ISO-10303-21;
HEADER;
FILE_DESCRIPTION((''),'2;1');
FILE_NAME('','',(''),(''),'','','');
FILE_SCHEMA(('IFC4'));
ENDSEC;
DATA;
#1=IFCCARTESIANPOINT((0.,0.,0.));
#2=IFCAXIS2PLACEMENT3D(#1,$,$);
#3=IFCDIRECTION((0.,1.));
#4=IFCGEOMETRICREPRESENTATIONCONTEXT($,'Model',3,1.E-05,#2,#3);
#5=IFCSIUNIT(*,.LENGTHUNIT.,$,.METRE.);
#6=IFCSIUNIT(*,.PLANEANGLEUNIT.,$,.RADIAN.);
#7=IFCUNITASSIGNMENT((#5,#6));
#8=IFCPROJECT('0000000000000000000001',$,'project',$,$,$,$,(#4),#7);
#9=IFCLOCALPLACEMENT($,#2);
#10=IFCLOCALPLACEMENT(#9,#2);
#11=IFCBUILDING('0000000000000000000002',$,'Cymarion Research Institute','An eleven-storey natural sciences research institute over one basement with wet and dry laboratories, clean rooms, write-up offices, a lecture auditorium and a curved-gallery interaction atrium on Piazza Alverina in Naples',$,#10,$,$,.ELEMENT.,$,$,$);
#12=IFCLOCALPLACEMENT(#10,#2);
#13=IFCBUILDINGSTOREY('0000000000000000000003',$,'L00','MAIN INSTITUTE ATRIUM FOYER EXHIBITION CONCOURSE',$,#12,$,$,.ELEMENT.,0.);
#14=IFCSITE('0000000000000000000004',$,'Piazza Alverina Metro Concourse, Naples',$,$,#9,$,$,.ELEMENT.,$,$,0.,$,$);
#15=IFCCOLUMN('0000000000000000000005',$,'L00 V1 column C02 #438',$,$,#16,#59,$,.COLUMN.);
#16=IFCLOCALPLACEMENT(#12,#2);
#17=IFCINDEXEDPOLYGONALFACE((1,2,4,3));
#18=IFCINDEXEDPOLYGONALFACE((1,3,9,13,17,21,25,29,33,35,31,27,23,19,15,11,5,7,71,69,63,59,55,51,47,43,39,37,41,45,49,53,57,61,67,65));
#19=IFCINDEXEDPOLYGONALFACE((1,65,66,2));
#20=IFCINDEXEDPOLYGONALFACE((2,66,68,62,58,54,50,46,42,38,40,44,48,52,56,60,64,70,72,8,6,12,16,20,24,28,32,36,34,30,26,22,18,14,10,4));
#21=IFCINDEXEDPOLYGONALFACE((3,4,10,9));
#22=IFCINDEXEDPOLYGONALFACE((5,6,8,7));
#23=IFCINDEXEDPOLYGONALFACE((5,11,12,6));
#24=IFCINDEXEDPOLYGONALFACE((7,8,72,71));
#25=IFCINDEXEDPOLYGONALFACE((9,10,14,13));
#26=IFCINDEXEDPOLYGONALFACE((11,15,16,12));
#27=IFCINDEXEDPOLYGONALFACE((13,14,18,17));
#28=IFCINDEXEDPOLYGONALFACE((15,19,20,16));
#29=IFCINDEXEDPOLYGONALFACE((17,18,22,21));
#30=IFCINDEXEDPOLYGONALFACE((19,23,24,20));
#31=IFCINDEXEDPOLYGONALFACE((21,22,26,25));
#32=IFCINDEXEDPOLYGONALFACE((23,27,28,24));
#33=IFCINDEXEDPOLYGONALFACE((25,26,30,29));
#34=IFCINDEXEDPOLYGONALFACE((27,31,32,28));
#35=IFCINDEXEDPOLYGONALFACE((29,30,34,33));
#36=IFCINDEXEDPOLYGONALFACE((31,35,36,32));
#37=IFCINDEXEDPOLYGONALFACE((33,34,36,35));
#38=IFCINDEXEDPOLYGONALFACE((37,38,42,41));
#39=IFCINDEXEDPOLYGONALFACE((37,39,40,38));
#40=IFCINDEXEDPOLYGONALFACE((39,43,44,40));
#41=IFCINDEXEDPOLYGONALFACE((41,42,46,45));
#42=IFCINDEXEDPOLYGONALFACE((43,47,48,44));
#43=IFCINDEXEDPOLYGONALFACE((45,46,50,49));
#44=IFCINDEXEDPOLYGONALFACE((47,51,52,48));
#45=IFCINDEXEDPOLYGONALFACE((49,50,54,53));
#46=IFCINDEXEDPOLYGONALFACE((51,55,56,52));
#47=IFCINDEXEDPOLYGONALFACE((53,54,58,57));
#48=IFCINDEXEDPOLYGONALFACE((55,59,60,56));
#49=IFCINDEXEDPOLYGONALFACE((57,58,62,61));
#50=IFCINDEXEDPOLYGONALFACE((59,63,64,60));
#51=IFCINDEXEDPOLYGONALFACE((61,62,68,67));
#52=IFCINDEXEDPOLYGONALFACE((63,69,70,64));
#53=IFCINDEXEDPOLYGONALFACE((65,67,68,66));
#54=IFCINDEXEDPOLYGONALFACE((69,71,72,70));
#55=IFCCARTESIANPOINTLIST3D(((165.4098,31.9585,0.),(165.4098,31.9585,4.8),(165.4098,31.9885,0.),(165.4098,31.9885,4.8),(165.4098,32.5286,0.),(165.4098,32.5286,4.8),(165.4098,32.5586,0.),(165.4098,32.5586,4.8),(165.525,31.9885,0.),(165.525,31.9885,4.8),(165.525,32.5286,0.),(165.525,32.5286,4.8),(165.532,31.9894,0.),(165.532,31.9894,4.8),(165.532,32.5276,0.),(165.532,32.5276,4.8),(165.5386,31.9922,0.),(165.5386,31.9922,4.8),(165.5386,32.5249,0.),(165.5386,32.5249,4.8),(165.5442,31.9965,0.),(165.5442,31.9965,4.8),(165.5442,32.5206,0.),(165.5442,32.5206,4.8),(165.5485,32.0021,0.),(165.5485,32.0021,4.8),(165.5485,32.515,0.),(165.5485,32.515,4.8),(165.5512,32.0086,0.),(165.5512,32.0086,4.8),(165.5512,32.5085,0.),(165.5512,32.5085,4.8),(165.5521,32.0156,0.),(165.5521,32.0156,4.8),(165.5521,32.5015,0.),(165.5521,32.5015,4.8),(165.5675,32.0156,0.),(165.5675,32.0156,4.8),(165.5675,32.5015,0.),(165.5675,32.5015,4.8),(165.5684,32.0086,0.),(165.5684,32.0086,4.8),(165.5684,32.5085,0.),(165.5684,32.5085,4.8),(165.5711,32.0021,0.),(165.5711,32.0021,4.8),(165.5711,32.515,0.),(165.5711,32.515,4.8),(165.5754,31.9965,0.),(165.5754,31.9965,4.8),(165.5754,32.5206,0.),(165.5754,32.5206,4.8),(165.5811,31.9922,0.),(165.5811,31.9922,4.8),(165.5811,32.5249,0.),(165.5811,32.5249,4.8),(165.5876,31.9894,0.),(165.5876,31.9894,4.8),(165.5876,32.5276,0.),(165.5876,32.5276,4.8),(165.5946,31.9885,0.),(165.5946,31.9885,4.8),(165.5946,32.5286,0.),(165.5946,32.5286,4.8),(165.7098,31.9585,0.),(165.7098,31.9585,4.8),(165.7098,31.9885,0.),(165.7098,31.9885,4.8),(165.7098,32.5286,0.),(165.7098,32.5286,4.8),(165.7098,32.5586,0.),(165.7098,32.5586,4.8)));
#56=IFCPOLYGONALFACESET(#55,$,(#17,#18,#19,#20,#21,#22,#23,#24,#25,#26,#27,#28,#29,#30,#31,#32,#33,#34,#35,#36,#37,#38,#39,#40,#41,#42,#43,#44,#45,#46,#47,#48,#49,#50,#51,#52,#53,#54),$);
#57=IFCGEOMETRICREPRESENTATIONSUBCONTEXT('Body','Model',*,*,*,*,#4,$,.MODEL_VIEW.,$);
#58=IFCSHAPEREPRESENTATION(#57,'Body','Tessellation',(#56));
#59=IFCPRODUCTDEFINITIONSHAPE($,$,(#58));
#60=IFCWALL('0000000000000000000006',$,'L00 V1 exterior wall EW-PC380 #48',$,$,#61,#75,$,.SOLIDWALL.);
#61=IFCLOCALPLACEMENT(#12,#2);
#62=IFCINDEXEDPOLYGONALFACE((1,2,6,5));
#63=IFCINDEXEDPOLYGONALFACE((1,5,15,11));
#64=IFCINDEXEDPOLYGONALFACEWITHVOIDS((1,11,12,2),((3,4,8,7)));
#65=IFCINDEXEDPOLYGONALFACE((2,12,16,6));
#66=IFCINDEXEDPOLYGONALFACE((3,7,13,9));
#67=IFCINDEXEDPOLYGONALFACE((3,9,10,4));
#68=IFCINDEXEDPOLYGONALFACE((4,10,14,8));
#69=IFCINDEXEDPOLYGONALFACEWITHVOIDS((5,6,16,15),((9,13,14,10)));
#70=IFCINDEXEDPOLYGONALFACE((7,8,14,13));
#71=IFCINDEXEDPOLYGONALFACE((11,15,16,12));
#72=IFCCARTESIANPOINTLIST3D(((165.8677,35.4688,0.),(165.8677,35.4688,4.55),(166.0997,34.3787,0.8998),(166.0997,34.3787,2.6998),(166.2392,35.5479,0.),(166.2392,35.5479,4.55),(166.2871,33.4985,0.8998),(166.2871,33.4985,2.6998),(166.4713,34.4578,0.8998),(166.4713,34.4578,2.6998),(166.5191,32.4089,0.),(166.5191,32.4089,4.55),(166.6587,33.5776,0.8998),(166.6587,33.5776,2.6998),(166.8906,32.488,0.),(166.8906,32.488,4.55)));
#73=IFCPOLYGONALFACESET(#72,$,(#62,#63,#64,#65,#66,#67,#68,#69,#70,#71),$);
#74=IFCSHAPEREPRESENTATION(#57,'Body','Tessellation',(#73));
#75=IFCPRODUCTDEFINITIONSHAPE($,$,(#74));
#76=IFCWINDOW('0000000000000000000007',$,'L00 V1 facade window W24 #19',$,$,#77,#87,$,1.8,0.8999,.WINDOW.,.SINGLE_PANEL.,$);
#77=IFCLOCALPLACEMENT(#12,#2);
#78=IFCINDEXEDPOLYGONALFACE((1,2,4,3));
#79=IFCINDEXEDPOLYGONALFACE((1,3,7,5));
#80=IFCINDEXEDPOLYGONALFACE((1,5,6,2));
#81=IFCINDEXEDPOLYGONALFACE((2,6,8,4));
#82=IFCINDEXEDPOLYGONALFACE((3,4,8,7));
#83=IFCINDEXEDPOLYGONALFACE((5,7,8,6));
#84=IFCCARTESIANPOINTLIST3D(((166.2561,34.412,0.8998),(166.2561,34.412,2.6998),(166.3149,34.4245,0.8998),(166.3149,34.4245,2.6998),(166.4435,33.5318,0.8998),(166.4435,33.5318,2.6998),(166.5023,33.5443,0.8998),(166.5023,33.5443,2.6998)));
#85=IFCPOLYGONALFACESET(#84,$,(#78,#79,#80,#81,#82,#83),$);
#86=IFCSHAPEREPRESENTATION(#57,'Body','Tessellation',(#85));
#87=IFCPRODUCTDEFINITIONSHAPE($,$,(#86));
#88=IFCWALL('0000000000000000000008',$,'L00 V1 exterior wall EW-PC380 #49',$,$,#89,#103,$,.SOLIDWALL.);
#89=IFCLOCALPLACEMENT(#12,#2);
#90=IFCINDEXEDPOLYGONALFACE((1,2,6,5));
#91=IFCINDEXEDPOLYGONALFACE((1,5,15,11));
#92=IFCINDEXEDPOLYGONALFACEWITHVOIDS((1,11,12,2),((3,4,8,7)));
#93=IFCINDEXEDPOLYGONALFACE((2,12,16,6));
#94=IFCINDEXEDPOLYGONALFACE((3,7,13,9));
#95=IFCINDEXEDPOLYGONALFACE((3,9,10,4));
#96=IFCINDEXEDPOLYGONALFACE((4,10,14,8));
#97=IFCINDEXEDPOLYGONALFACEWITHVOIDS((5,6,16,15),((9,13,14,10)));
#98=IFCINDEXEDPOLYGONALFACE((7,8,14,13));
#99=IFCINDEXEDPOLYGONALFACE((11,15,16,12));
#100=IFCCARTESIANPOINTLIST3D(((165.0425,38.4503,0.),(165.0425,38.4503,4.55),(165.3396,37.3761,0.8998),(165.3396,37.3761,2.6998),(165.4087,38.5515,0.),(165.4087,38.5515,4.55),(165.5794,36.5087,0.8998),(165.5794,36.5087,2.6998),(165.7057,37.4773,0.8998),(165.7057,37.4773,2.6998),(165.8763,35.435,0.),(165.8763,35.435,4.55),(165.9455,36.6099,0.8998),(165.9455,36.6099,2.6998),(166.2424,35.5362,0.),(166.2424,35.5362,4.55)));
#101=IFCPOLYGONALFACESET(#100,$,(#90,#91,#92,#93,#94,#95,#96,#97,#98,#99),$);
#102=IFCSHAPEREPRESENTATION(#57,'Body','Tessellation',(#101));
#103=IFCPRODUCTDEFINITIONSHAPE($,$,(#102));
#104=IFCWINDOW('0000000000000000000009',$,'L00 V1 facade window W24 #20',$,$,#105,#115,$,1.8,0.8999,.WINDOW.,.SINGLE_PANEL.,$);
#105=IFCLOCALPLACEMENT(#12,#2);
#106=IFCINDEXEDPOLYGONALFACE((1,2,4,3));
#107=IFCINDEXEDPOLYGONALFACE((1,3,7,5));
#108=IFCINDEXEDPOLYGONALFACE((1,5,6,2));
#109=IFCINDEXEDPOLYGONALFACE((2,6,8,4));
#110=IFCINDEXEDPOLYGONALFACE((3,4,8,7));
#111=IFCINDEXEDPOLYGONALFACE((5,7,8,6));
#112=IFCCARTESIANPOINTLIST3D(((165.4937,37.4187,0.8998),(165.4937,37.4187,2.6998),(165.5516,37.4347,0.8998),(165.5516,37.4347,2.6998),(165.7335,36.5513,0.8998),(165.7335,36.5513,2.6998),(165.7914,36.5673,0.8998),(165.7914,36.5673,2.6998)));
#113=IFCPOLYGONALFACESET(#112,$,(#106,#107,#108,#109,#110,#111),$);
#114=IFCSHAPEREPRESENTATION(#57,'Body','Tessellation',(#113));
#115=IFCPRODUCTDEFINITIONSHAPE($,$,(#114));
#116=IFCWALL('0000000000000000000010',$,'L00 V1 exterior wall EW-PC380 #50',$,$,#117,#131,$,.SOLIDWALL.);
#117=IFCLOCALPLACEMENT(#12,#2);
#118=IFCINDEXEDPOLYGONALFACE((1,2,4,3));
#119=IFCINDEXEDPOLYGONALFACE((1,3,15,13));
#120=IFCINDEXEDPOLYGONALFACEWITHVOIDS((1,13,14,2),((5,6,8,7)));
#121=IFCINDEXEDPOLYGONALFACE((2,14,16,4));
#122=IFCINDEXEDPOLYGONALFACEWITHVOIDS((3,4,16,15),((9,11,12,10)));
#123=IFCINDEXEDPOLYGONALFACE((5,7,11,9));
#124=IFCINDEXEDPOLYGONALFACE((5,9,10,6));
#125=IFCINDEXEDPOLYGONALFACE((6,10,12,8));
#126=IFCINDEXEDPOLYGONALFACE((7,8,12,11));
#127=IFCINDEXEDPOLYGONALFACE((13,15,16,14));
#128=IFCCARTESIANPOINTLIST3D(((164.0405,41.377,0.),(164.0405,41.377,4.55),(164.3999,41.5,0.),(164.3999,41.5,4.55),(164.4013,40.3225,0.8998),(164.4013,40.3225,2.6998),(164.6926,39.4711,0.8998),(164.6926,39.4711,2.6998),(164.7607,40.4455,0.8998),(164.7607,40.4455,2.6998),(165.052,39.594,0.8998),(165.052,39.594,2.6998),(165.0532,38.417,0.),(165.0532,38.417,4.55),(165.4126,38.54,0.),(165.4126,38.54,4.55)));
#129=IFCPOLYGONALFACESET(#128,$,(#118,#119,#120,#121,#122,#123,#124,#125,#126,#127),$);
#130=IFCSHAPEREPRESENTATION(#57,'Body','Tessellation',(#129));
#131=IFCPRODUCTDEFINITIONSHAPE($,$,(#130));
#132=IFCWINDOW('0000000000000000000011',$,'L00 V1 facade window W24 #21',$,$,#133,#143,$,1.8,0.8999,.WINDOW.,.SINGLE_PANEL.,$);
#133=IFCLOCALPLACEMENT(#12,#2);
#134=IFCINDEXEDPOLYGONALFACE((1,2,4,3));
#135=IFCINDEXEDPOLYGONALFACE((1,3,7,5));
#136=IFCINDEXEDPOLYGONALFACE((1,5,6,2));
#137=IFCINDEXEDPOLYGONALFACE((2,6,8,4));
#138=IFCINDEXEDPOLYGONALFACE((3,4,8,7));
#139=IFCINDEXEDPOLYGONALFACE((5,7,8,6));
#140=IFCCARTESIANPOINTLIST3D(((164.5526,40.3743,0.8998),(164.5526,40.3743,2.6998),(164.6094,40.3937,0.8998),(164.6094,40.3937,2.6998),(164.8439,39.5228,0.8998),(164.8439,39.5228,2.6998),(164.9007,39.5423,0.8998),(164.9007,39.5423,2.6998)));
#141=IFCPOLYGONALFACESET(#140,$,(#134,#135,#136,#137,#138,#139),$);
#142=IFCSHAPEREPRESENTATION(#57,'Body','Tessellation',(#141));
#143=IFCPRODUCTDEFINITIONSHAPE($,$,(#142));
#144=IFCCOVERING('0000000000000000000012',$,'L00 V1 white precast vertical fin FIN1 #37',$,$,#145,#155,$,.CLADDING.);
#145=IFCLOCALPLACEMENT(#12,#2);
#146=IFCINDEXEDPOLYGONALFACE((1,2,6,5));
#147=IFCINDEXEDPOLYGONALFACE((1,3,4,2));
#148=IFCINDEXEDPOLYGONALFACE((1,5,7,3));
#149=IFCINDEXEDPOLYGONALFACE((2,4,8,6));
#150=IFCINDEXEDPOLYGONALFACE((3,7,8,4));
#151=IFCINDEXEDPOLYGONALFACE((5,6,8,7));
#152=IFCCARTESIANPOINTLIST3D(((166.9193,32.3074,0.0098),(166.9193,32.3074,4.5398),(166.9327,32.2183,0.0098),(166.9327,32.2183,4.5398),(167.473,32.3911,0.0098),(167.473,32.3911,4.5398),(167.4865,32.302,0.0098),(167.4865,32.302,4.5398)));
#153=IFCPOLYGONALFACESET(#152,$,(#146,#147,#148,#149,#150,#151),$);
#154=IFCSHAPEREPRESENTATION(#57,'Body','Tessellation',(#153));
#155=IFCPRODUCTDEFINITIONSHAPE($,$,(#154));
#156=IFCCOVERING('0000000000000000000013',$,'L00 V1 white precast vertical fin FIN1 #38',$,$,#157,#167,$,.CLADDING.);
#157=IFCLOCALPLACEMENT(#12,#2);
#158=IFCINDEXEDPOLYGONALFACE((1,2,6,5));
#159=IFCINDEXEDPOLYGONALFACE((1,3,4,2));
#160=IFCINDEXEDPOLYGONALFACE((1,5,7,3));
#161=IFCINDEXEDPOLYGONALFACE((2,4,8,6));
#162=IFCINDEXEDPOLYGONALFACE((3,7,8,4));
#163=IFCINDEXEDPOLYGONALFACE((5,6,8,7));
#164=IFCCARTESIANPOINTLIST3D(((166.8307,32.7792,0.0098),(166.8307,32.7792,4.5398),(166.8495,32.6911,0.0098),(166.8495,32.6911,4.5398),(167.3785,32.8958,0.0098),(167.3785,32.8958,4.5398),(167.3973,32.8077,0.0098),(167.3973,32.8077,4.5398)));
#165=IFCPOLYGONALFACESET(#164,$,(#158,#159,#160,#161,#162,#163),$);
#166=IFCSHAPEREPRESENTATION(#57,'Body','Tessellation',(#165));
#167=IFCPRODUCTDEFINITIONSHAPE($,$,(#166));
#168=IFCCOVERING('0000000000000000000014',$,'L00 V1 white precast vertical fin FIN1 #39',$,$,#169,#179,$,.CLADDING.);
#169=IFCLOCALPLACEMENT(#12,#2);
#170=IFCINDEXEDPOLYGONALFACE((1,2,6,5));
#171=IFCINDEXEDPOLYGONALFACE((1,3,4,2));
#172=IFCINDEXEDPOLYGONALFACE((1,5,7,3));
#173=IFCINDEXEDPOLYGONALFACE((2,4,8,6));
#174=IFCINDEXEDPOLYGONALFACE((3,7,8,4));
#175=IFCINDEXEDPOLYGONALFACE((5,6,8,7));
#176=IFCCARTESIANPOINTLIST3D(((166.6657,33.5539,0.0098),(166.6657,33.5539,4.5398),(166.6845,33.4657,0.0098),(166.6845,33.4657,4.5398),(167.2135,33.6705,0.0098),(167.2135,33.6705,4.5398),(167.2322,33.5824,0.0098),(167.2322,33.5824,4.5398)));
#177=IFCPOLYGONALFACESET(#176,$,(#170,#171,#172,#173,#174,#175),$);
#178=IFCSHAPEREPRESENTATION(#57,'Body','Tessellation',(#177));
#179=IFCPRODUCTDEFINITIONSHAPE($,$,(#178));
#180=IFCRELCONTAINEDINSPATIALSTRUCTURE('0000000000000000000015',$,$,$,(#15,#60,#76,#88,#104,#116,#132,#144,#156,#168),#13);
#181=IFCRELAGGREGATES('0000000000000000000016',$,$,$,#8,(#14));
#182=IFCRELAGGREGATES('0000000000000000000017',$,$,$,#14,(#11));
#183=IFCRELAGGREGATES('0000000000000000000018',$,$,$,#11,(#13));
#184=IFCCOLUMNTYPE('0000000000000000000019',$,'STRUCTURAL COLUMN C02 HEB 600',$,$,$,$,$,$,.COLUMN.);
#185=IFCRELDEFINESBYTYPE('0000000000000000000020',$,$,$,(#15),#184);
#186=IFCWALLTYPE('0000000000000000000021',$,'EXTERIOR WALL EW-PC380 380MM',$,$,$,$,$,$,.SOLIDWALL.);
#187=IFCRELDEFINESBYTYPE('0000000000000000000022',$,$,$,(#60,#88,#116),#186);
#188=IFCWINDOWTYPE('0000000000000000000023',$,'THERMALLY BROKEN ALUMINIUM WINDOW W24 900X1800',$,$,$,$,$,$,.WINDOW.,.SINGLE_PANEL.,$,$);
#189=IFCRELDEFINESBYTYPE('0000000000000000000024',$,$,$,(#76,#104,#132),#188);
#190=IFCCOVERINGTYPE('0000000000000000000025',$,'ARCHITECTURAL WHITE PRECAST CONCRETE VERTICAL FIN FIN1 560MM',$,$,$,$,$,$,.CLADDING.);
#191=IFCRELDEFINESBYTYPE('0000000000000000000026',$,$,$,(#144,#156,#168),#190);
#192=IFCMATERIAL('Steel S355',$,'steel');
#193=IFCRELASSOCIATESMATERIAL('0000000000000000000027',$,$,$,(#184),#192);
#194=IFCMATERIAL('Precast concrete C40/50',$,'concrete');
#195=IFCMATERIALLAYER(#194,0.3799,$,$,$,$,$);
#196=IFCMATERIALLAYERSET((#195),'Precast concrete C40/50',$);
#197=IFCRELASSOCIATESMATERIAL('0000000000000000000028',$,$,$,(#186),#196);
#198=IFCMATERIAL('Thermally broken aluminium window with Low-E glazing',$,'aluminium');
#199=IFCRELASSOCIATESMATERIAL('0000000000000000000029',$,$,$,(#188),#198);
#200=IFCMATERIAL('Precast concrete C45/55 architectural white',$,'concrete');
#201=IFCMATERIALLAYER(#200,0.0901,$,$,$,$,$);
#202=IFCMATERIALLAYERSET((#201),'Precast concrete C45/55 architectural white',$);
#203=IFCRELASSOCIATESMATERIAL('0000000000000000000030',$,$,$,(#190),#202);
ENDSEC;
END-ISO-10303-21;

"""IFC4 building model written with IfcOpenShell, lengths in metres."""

from ifc_helpers import new_model, si_unit, direction, frame, frame_2d, origin, origin_2d, place, context, subcontext, project, spatial, rectangle, i_section, extrude, material, layer, layer_set, material_profile, profile_set, type_object, element, fill, save


model = new_model("IFC4")

# Units and contexts
model_context = context("Model", 3, precision=1e-05, world=origin(), true_north=direction((0.0, 1.0)))
body_context = subcontext(model_context, "Body", "Model", "MODEL_VIEW")
ifc_project = project(units=[si_unit("LENGTHUNIT", "METRE"), si_unit("PLANEANGLEUNIT", "RADIAN")], contexts=[model_context])

# Site, building, storey
site_placement = place(None, origin())
site = spatial("IfcSite", under=ifc_project, at=site_placement, Name="Piazza Alverina Metro Concourse, Naples", CompositionType="ELEMENT", RefElevation=0.0)
building_placement = place(site_placement, origin())
building = spatial("IfcBuilding", under=site, at=building_placement, Name="Cymarion Research Institute", Description="An eleven-storey natural sciences research institute over one basement with wet and dry laboratories, clean rooms, write-up offices, a lecture auditorium and a curved-gallery interaction atrium on Piazza Alverina in Naples", CompositionType="ELEMENT")
storey_placement = place(building_placement, origin())
storey = spatial("IfcBuildingStorey", under=building, at=storey_placement, Name="L00", Description="MAIN INSTITUTE ATRIUM FOYER EXHIBITION CONCOURSE", CompositionType="ELEMENT", Elevation=0.0)

# Column
ifc_material_1 = material(Name="Steel S355", Category="steel")
ifc_material_profile = material_profile(ifc_material_1, i_section(OverallWidth=0.3, OverallDepth=0.6001, WebThickness=0.0154, FlangeThickness=0.03, FilletRadius=0.0271, at=origin_2d()), Name="HEB 600")
ifc_profile_set = profile_set([ifc_material_profile], Name="Steel S355")
column_type = type_object("IfcColumnType", Name="STRUCTURAL COLUMN C02 HEB 600", PredefinedType="COLUMN", material=ifc_profile_set)
column_placement = place(storey_placement, frame((165.5598, 32.2585, 0.0), z_axis=(0.0, 0.0, 1.0), x_axis=(1.0, 0.0, 0.0)))
element("IfcColumn", 1, at=column_placement, inside=storey, type_object=column_type, Name="L00 V1 column C02 #438", PredefinedType="COLUMN", context=body_context, shape_type="SweptSolid", body=[
    extrude(i_section(OverallWidth=0.3, OverallDepth=0.6001, WebThickness=0.0154, FlangeThickness=0.03, FilletRadius=0.0271, at=origin_2d()), origin(), (0.0, 0.0, 1.0), 4.8),
])

# Walls, openings, windows
ifc_material_2 = material(Name="Precast concrete C40/50", Category="concrete")
ifc_layer_1 = layer(ifc_material_2, 0.3799)
ifc_layer_set_1 = layer_set([ifc_layer_1], Name="Precast concrete C40/50")
wall_type = type_object("IfcWallType", Name="EXTERIOR WALL EW-PC380 380MM", PredefinedType="SOLIDWALL", material=ifc_layer_set_1)
wall_1_placement = place(storey_placement, frame((166.7048, 32.4485, 0.0), z_axis=(0.0, 0.0, 1.0), x_axis=(-0.208212, 0.978084, 0.0)))
wall_1 = element("IfcWall", 2, at=wall_1_placement, inside=storey, type_object=wall_type, Name="L00 V1 exterior wall EW-PC380 #48", PredefinedType="SOLIDWALL", context=body_context, shape_type="SweptSolid", body=[
    extrude(rectangle(XDim=3.1284, YDim=0.3799, at=frame_2d((1.5642, 0.0))), origin(), (0.0, 0.0, 1.0), 4.55),
])
opening_1_placement = place(wall_1_placement, frame((1.114, 0.0, 0.8999)))
opening_1 = element("IfcOpeningElement", 3, at=opening_1_placement, cuts=wall_1, PredefinedType="OPENING", context=body_context, shape_type="SweptSolid", body=[
    extrude(rectangle(XDim=0.8999, YDim=1.8, at=frame_2d((0.45, 0.8999))), frame((0.0, 0.2, 0.0), z_axis=(0.0, -1.0, 0.0), x_axis=(1.0, 0.0, 0.0)), (0.0, 0.0, 1.0), 0.3999),
])
ifc_material_3 = material(Name="Thermally broken aluminium window with Low-E glazing", Category="aluminium")
window_type = type_object("IfcWindowType", Name="THERMALLY BROKEN ALUMINIUM WINDOW W24 900X1800", PartitioningType="SINGLE_PANEL", PredefinedType="WINDOW", material=ifc_material_3)
window_1_placement = place(opening_1_placement, origin())
window_1 = element("IfcWindow", 4, at=window_1_placement, inside=storey, type_object=window_type, Name="L00 V1 facade window W24 #19", OverallHeight=1.8, OverallWidth=0.8999, PartitioningType="SINGLE_PANEL", PredefinedType="WINDOW", context=body_context, shape_type="SweptSolid", body=[
    extrude(rectangle(XDim=0.8999, YDim=1.8, at=frame_2d((0.45, 0.8999))), frame((0.0, 0.03, 0.0), z_axis=(0.0, -1.0, 0.0), x_axis=(1.0, 0.0, 0.0)), (0.0, 0.0, 1.0), 0.0601),
])
fill(opening_1, window_1)
wall_2_placement = place(storey_placement, frame((166.0593, 35.4856, 0.0), z_axis=(0.0, 0.0, 1.0), x_axis=(-0.266497, 0.963836, 0.0)))
wall_2 = element("IfcWall", 5, at=wall_2_placement, inside=storey, type_object=wall_type, Name="L00 V1 exterior wall EW-PC380 #49", PredefinedType="SOLIDWALL", context=body_context, shape_type="SweptSolid", body=[
    extrude(rectangle(XDim=3.1284, YDim=0.3799, at=frame_2d((1.5642, 0.0))), origin(), (0.0, 0.0, 1.0), 4.55),
])
opening_2_placement = place(wall_2_placement, frame((1.114, 0.0, 0.8999)))
opening_2 = element("IfcOpeningElement", 6, at=opening_2_placement, cuts=wall_2, PredefinedType="OPENING", context=body_context, shape_type="SweptSolid", body=[
    extrude(rectangle(XDim=0.8999, YDim=1.8, at=frame_2d((0.45, 0.8999))), frame((0.0, 0.2, 0.0), z_axis=(0.0, -1.0, 0.0), x_axis=(1.0, 0.0, 0.0)), (0.0, 0.0, 1.0), 0.3999),
])
window_2_placement = place(opening_2_placement, origin())
window_2 = element("IfcWindow", 7, at=window_2_placement, inside=storey, type_object=window_type, Name="L00 V1 facade window W24 #20", OverallHeight=1.8, OverallWidth=0.8999, PartitioningType="SINGLE_PANEL", PredefinedType="WINDOW", context=body_context, shape_type="SweptSolid", body=[
    extrude(rectangle(XDim=0.8999, YDim=1.8, at=frame_2d((0.45, 0.8999))), frame((0.0, 0.03, 0.0), z_axis=(0.0, -1.0, 0.0), x_axis=(1.0, 0.0, 0.0)), (0.0, 0.0, 1.0), 0.0601),
])
fill(opening_2, window_2)
wall_3_placement = place(storey_placement, frame((165.2329, 38.4785, 0.0), z_axis=(0.0, 0.0, 1.0), x_axis=(-0.32371, 0.946156, 0.0)))
wall_3 = element("IfcWall", 8, at=wall_3_placement, inside=storey, type_object=wall_type, Name="L00 V1 exterior wall EW-PC380 #50", PredefinedType="SOLIDWALL", context=body_context, shape_type="SweptSolid", body=[
    extrude(rectangle(XDim=3.1284, YDim=0.3799, at=frame_2d((1.5642, 0.0))), origin(), (0.0, 0.0, 1.0), 4.55),
])
opening_3_placement = place(wall_3_placement, frame((1.114, 0.0, 0.8999)))
opening_3 = element("IfcOpeningElement", 9, at=opening_3_placement, cuts=wall_3, PredefinedType="OPENING", context=body_context, shape_type="SweptSolid", body=[
    extrude(rectangle(XDim=0.8999, YDim=1.8, at=frame_2d((0.45, 0.8999))), frame((0.0, 0.2, 0.0), z_axis=(0.0, -1.0, 0.0), x_axis=(1.0, 0.0, 0.0)), (0.0, 0.0, 1.0), 0.3999),
])
window_3_placement = place(opening_3_placement, origin())
window_3 = element("IfcWindow", 10, at=window_3_placement, inside=storey, type_object=window_type, Name="L00 V1 facade window W24 #21", OverallHeight=1.8, OverallWidth=0.8999, PartitioningType="SINGLE_PANEL", PredefinedType="WINDOW", context=body_context, shape_type="SweptSolid", body=[
    extrude(rectangle(XDim=0.8999, YDim=1.8, at=frame_2d((0.45, 0.8999))), frame((0.0, 0.03, 0.0), z_axis=(0.0, -1.0, 0.0), x_axis=(1.0, 0.0, 0.0)), (0.0, 0.0, 1.0), 0.0601),
])
fill(opening_3, window_3)

# Coverings
ifc_material_4 = material(Name="Precast concrete C45/55 architectural white", Category="concrete")
ifc_layer_2 = layer(ifc_material_4, 0.0901)
ifc_layer_set_2 = layer_set([ifc_layer_2], Name="Precast concrete C45/55 architectural white")
covering_type = type_object("IfcCoveringType", Name="ARCHITECTURAL WHITE PRECAST CONCRETE VERTICAL FIN FIN1 560MM", PredefinedType="CLADDING", material=ifc_layer_set_2)
for number, where, z_axis, x_axis, name in (
    (11, (167.2029, 32.3047, 0.0098), (0.0, 0.0, 1.0), (0.988782, 0.149363, 0.0), "L00 V1 white precast vertical fin FIN1 #37"),
    (12, (167.114, 32.7935, 0.0098), (0.0, 0.0, 1.0), (0.978075, 0.208253, 0.0), "L00 V1 white precast vertical fin FIN1 #38"),
    (13, (166.949, 33.5681, 0.0098), (0.0, 0.0, 1.0), (0.978075, 0.208253, 0.0), "L00 V1 white precast vertical fin FIN1 #39"),
):
    element("IfcCovering", number, at=place(storey_placement, frame(where, z_axis=z_axis, x_axis=x_axis)), inside=storey, type_object=covering_type, Name=name, PredefinedType="CLADDING", context=body_context, shape_type="SweptSolid", body=[
        extrude(rectangle(XDim=0.5601, YDim=0.0901, at=origin_2d()), origin(), (0.0, 0.0, 1.0), 4.53),
    ])

save(model, "model.ifc")
